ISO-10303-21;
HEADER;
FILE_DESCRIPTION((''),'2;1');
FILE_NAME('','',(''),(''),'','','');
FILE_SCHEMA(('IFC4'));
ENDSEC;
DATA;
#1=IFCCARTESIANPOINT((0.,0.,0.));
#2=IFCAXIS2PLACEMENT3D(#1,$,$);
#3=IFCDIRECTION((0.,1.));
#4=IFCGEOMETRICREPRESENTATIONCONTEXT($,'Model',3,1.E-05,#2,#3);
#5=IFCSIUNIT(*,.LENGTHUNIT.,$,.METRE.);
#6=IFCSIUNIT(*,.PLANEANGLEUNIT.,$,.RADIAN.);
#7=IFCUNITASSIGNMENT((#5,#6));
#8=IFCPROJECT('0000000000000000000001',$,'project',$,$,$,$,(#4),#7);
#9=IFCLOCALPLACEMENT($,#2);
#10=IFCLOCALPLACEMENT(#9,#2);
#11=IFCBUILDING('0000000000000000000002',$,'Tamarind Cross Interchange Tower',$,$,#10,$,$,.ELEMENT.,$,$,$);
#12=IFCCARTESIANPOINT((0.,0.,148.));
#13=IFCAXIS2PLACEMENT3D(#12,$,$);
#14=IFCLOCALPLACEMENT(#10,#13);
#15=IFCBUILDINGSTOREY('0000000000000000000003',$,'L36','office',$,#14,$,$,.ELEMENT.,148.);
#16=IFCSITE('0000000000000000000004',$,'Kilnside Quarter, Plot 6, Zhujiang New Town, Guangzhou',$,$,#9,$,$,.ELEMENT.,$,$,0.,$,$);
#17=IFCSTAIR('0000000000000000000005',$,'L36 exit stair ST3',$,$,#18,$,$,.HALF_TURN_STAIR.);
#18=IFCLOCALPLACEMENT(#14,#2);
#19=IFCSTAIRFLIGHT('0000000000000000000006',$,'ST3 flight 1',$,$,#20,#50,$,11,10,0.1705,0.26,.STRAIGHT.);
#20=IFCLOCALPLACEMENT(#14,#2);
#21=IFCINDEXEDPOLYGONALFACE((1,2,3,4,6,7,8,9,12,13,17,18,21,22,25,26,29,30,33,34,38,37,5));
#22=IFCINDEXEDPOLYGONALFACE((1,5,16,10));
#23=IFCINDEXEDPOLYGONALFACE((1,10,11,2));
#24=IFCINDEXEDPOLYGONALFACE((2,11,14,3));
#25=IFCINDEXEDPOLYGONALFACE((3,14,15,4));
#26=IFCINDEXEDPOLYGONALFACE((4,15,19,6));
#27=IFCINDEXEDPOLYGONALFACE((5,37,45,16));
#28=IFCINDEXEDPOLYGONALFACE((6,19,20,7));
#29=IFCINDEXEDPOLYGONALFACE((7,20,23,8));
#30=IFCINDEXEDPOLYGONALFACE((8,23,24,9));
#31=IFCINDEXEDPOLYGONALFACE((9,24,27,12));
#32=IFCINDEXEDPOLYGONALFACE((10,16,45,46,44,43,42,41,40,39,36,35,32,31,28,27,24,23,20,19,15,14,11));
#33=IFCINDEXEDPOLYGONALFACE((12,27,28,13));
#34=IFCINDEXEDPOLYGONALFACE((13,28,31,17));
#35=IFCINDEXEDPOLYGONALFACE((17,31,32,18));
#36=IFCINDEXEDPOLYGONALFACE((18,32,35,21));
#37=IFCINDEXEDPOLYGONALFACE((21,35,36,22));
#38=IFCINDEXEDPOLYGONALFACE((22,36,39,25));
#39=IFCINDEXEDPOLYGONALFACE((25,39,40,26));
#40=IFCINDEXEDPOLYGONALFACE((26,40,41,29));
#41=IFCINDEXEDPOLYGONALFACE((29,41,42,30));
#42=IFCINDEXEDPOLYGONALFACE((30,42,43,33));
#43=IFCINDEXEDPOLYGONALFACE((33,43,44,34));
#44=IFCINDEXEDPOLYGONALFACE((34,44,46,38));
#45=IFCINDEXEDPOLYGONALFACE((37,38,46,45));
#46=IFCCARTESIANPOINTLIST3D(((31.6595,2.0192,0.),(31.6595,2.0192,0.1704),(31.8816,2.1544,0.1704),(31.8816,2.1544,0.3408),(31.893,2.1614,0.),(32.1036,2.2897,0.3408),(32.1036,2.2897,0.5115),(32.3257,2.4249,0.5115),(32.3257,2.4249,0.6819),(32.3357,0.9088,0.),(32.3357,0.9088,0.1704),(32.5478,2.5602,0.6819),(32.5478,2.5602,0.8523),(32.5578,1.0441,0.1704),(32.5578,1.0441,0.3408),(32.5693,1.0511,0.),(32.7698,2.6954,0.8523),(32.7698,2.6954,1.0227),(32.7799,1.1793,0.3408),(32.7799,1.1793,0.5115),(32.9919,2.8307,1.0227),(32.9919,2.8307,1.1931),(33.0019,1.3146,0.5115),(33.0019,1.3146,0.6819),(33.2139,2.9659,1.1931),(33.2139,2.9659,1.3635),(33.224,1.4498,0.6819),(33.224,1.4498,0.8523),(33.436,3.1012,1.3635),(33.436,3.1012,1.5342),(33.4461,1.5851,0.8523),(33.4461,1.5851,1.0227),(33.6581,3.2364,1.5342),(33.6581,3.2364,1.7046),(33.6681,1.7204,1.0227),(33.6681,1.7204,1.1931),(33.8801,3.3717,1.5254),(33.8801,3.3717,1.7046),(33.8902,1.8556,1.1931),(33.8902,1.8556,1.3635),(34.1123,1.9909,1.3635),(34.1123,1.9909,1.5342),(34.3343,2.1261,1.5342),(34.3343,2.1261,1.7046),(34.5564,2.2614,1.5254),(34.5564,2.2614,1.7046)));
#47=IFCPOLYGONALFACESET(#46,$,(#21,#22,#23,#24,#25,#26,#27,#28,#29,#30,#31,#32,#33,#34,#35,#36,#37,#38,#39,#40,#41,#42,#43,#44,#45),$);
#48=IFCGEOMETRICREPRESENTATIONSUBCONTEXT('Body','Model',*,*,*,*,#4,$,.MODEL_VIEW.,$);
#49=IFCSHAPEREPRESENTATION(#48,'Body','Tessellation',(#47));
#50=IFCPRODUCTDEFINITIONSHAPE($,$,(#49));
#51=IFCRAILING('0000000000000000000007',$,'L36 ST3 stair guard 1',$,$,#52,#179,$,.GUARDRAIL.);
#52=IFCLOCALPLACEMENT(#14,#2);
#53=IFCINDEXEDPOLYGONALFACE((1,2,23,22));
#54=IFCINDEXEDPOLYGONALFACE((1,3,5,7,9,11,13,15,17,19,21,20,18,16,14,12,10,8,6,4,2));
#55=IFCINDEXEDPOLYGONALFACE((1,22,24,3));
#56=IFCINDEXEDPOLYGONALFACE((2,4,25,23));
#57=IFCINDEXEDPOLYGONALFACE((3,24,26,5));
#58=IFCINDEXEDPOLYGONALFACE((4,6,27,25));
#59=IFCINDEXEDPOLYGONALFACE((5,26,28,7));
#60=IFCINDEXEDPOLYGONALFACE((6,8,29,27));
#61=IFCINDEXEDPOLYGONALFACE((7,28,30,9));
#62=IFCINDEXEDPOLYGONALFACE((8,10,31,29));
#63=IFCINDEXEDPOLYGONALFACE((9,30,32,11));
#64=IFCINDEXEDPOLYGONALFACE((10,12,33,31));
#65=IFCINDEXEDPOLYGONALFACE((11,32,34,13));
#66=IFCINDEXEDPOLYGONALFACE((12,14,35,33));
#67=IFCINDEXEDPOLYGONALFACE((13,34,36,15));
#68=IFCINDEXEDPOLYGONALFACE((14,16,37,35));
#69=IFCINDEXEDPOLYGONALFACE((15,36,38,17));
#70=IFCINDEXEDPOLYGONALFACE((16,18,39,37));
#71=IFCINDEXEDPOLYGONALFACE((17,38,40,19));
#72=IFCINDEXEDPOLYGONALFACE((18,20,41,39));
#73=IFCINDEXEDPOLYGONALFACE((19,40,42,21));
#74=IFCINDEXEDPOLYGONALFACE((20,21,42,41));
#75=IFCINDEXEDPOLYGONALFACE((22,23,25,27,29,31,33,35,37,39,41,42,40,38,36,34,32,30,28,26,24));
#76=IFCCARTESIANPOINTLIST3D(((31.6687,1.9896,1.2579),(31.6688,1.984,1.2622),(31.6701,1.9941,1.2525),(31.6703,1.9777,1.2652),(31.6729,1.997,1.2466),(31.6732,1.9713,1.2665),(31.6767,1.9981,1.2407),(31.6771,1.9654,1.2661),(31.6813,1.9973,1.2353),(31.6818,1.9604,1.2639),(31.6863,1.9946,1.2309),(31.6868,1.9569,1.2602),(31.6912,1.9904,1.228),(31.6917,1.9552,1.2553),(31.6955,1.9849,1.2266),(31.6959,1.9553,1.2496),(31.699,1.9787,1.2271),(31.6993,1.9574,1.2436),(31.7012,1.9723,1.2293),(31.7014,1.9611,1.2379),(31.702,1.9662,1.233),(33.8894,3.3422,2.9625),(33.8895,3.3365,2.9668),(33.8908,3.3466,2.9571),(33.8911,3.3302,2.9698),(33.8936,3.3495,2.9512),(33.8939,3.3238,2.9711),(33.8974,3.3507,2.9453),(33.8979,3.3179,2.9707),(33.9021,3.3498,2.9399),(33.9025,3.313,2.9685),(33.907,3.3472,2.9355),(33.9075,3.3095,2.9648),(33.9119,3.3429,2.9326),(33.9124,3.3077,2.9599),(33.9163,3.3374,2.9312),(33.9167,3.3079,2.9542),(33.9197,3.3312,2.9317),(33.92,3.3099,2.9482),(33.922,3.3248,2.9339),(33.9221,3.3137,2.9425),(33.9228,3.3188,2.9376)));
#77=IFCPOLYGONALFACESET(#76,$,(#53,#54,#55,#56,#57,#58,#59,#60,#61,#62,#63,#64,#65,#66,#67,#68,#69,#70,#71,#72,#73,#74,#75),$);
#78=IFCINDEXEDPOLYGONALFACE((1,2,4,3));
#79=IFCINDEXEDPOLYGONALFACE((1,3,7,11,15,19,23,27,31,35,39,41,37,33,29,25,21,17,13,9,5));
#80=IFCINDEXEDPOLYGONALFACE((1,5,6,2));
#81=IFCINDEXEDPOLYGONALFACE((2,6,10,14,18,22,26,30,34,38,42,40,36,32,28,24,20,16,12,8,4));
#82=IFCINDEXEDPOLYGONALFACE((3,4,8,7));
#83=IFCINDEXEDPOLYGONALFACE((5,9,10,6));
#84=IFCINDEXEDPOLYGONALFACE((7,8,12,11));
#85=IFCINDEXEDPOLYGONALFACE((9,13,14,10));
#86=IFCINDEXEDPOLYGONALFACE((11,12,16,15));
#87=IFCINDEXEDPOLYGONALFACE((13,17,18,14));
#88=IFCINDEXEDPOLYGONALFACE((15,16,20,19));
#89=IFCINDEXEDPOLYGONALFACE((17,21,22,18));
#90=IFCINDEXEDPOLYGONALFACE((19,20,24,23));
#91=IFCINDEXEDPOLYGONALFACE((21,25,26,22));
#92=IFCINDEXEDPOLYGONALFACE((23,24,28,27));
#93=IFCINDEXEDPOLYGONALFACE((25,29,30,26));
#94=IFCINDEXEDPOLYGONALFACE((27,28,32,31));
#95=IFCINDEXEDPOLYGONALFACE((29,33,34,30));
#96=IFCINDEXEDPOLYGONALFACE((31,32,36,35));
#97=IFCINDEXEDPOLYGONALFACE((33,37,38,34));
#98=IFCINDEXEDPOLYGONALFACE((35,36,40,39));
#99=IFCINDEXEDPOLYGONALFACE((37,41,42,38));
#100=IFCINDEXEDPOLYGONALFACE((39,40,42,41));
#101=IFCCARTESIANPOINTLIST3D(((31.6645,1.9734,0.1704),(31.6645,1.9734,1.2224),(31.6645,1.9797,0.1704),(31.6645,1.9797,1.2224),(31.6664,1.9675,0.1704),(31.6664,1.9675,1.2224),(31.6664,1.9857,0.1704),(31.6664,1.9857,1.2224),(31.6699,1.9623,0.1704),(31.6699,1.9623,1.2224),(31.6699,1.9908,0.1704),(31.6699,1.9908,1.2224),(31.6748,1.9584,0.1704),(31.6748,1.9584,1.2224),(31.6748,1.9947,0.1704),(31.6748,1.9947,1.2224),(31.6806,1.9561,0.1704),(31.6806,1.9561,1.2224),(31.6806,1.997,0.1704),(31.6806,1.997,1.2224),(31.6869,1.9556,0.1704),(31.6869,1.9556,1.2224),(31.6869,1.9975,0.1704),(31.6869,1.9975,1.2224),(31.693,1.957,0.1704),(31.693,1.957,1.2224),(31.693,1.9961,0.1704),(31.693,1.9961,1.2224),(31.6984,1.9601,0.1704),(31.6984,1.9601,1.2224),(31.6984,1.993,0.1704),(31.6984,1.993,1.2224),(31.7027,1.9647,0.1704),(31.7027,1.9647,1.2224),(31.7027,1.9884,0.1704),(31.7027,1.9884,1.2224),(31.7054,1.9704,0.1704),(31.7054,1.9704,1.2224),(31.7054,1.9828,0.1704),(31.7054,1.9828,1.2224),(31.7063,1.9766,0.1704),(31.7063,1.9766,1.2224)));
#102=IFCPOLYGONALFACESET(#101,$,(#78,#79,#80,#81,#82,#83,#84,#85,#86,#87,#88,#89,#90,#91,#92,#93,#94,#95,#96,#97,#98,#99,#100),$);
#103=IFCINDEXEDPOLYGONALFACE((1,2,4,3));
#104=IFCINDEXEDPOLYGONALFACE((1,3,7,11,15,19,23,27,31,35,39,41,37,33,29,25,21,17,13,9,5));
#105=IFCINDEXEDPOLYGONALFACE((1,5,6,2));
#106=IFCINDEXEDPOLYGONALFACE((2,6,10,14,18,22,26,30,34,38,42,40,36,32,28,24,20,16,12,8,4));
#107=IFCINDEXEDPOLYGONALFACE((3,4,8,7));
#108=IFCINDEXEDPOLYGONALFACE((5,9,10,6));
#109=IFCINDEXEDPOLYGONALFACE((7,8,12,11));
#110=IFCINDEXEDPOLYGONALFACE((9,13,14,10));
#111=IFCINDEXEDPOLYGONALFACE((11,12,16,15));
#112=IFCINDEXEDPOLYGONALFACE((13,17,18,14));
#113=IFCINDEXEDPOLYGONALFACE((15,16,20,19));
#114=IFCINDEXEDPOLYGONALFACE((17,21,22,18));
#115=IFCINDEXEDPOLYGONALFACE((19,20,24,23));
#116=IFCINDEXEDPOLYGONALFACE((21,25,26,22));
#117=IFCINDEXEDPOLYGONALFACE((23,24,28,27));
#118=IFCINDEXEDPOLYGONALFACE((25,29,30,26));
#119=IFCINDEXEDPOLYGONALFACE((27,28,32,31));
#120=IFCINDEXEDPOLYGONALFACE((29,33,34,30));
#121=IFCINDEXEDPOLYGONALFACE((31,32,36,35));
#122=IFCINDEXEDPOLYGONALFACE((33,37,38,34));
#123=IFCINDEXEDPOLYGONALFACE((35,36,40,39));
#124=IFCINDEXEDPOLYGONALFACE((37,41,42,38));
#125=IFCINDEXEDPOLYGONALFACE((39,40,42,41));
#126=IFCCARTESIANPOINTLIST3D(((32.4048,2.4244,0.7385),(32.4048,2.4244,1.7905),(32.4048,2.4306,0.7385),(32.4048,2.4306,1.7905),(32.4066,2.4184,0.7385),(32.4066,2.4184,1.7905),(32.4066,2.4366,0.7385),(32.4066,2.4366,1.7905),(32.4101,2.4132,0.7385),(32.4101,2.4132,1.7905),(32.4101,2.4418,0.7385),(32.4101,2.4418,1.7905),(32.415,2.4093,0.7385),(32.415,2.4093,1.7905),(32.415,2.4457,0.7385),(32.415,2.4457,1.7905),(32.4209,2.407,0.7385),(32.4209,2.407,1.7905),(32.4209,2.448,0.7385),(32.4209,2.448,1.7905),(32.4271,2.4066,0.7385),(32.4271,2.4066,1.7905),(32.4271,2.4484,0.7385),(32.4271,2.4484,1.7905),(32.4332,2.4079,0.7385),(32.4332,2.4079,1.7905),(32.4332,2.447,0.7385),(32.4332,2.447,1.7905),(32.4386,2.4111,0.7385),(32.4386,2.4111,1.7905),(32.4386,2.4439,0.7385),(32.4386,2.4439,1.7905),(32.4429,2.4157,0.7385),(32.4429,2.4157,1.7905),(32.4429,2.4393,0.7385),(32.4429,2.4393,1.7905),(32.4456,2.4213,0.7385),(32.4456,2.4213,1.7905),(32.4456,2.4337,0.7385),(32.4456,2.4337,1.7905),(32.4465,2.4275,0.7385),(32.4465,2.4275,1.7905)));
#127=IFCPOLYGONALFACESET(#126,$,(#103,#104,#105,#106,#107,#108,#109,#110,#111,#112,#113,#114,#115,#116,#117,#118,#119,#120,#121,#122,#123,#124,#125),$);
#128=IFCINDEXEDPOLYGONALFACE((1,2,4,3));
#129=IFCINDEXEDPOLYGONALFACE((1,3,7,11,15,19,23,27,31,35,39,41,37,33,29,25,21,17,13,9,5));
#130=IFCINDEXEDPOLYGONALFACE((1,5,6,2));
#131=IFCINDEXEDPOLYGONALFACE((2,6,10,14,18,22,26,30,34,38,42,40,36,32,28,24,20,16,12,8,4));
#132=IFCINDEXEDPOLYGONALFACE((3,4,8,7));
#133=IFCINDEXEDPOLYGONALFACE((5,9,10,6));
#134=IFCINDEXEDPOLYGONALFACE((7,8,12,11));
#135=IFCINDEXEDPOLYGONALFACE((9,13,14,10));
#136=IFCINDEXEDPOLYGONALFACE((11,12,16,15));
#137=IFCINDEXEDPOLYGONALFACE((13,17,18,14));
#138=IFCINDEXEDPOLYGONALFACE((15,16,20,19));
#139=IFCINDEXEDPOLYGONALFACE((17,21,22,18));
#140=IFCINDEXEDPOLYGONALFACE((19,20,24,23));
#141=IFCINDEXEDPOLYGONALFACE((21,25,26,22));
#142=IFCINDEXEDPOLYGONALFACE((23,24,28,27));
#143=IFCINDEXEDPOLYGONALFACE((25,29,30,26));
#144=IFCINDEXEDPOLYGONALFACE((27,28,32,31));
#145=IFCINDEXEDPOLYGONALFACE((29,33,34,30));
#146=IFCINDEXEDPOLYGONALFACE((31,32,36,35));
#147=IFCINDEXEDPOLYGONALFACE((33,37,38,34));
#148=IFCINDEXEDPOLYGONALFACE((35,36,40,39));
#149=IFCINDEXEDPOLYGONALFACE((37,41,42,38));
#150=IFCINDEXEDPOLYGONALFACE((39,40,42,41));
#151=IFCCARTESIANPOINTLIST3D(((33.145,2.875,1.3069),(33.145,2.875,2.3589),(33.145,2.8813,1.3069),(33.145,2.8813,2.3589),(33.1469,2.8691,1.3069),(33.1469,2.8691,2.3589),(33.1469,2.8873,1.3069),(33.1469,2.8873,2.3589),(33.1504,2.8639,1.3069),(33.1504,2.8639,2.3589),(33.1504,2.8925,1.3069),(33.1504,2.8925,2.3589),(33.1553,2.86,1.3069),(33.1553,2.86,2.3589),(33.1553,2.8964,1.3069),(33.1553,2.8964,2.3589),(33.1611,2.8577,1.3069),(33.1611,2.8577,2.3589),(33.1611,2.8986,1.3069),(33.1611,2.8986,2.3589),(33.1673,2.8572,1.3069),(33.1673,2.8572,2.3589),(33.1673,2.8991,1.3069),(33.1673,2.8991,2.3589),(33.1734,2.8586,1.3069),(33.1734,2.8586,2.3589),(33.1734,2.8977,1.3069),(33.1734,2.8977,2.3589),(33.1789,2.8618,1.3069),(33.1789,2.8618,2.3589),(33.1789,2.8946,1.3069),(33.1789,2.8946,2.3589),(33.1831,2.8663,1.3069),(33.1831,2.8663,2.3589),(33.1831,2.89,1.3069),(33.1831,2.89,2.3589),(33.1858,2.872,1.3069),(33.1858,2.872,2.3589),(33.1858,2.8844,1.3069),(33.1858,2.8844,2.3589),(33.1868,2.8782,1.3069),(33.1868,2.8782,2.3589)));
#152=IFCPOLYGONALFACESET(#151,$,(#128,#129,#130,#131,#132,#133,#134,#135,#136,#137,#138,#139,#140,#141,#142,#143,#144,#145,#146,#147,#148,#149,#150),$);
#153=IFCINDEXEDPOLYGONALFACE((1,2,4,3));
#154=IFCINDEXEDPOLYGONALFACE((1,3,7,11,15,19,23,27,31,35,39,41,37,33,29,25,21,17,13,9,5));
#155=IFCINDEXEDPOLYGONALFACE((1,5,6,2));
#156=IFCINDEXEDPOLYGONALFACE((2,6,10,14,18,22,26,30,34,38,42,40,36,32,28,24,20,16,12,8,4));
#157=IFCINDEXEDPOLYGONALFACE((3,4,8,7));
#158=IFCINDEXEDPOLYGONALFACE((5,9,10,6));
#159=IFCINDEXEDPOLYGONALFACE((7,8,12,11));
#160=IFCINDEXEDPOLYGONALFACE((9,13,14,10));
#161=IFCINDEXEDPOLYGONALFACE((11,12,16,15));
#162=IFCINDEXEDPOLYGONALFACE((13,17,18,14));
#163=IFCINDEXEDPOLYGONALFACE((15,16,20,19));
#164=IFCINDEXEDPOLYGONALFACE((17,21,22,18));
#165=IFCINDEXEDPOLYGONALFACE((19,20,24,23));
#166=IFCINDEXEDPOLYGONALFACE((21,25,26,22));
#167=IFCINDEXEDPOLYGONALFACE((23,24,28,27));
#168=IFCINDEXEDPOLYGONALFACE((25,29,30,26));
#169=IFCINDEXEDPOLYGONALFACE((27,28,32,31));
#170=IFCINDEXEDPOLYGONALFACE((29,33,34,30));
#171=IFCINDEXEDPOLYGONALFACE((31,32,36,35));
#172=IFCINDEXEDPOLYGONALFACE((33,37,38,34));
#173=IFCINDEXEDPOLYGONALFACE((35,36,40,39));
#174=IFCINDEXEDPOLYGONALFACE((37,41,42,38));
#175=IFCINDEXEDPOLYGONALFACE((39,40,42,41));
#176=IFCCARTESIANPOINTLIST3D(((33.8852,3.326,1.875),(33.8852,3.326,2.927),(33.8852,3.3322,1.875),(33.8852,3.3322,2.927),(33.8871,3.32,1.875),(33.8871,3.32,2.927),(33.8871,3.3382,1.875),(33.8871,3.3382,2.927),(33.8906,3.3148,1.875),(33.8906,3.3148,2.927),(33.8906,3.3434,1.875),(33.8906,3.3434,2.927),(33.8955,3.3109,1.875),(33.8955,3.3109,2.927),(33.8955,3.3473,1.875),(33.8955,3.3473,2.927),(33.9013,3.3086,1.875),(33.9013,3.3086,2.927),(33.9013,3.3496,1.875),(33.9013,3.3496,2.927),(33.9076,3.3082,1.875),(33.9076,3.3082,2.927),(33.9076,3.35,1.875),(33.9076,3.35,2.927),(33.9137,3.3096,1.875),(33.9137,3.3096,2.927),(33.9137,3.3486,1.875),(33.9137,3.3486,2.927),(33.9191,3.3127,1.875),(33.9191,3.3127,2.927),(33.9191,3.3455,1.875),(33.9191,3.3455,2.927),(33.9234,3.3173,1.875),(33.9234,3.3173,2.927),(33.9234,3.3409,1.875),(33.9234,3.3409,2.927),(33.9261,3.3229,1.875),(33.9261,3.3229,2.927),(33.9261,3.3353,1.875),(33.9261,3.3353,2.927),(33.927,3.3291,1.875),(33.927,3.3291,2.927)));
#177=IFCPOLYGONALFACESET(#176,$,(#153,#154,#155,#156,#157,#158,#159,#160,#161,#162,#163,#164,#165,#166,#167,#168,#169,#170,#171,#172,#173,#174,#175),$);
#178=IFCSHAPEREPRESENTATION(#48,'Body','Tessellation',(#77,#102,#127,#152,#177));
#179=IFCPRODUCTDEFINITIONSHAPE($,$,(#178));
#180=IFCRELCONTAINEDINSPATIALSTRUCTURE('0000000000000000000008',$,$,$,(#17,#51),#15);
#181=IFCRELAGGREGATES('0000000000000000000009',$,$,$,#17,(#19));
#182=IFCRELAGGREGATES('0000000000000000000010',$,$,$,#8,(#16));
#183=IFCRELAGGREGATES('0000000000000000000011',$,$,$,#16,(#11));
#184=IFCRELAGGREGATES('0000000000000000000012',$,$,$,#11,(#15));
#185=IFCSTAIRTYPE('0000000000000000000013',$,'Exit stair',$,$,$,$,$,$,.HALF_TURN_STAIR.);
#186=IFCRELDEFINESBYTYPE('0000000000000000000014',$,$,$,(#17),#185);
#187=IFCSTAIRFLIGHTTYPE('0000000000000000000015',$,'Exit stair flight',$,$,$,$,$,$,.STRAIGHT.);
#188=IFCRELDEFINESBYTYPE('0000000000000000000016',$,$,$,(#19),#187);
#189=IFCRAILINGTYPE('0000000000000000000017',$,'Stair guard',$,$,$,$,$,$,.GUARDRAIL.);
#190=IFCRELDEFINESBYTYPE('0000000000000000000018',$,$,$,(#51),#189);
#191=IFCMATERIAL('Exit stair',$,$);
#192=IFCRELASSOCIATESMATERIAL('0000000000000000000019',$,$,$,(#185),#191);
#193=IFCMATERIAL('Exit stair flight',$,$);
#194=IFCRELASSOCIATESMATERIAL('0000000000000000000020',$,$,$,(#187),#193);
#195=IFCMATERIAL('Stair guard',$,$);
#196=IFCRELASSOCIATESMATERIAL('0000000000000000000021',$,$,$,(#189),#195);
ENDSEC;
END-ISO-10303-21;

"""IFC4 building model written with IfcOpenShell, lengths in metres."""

from ifc_helpers import new_model, si_unit, direction, frame, origin, origin_2d, place, context, subcontext, project, spatial, polyline, circle, outline, extrude, material, type_object, element, aggregate, save


model = new_model("IFC4")

# Units and contexts
model_context = context("Model", 3, precision=1e-05, world=origin(), true_north=direction((0.0, 1.0)))
body_context = subcontext(model_context, "Body", "Model", "MODEL_VIEW")
ifc_project = project(units=[si_unit("LENGTHUNIT", "METRE"), si_unit("PLANEANGLEUNIT", "RADIAN")], contexts=[model_context])

# Site, building, storey
site_placement = place(None, origin())
site = spatial("IfcSite", under=ifc_project, at=site_placement, Name="Kilnside Quarter, Plot 6, Zhujiang New Town, Guangzhou", CompositionType="ELEMENT", RefElevation=0.0)
building_placement = place(site_placement, origin())
building = spatial("IfcBuilding", under=site, at=building_placement, Name="Tamarind Cross Interchange Tower", CompositionType="ELEMENT")
storey_placement = place(building_placement, frame((0.0, 0.0, 148.0)))
storey = spatial("IfcBuildingStorey", under=building, at=storey_placement, Name="L36", Description="office", CompositionType="ELEMENT", Elevation=148.0)

# Stair, stair flight
ifc_material_1 = material(Name="Exit stair")
stair_type = type_object("IfcStairType", Name="Exit stair", PredefinedType="HALF_TURN_STAIR", material=ifc_material_1)
stair_placement = place(storey_placement, origin())
stair = element("IfcStair", 1, at=stair_placement, inside=storey, type_object=stair_type, Name="L36 exit stair ST3", PredefinedType="HALF_TURN_STAIR")
ifc_material_2 = material(Name="Exit stair flight")
stair_flight_type = type_object("IfcStairFlightType", Name="Exit stair flight", PredefinedType="STRAIGHT", material=ifc_material_2)
stair_flight_placement = place(storey_placement, frame((31.9976, 1.4641, 0.0), z_axis=(0.0, 0.0, 1.0), x_axis=(0.85406, 0.520175, 0.0)))
stair_flight = element("IfcStairFlight", 2, at=stair_flight_placement, type_object=stair_flight_type, Name="ST3 flight 1", NumberOfRisers=11, NumberOfTreads=10, PredefinedType="STRAIGHT", RiserHeight=0.1705, TreadLength=0.26, context=body_context, shape_type="SweptSolid", body=[
    extrude(outline(polyline([(0.0, 0.0), (0.0, 0.1704), (0.26, 0.1704), (0.26, 0.3408), (0.52, 0.3408), (0.52, 0.5115), (0.78, 0.5115), (0.78, 0.6819), (1.04, 0.6819), (1.04, 0.8523), (1.3, 0.8523), (1.3, 1.0227), (1.5601, 1.0227), (1.5601, 1.1931), (1.8201, 1.1931), (1.8201, 1.3635), (2.0801, 1.3635), (2.0801, 1.5342), (2.3401, 1.5342), (2.3401, 1.7046), (2.6001, 1.7046), (2.6001, 1.875), (2.6001, 1.5254), (0.2734, 0.0), (0.0, 0.0)])), frame((0.0, 0.6499, 0.0), z_axis=(0.0, -1.0, 0.0), x_axis=(1.0, 0.0, 0.0)), (0.0, 0.0, 1.0), 1.3),
])
aggregate(stair, [stair_flight])

# Railing
ifc_material_3 = material(Name="Stair guard")
railing_type = type_object("IfcRailingType", Name="Stair guard", PredefinedType="GUARDRAIL", material=ifc_material_3)
railing_1_placement = place(storey_placement, frame((31.6853, 1.9766, 0.1704)))
element("IfcRailing", 3, at=railing_1_placement, inside=storey, type_object=railing_type, Name="L36 ST3 stair guard 1", PredefinedType="GUARDRAIL", context=body_context, shape_type="SweptSolid", body=[
    extrude(circle(Radius=0.0239, at=origin_2d()), frame((0.0, 0.0, 1.0762), z_axis=(0.714259, 0.435026, 0.548258), x_axis=(-0.520173, 0.854061, 0.0)), (0.0, 0.0, 1.0), 3.1091),
    extrude(circle(Radius=0.021, at=origin_2d()), origin(), (0.0, 0.0, 1.0), 1.052),
    extrude(circle(Radius=0.021, at=origin_2d()), frame((0.7402, 0.4509, 0.5681)), (0.0, 0.0, 1.0), 1.052),
    extrude(circle(Radius=0.021, at=origin_2d()), frame((1.4805, 0.9016, 1.1365)), (0.0, 0.0, 1.0), 1.052),
    extrude(circle(Radius=0.021, at=origin_2d()), frame((2.2207, 1.3525, 1.7046)), (0.0, 0.0, 1.0), 1.052),
])

save(model, "model.ifc")
